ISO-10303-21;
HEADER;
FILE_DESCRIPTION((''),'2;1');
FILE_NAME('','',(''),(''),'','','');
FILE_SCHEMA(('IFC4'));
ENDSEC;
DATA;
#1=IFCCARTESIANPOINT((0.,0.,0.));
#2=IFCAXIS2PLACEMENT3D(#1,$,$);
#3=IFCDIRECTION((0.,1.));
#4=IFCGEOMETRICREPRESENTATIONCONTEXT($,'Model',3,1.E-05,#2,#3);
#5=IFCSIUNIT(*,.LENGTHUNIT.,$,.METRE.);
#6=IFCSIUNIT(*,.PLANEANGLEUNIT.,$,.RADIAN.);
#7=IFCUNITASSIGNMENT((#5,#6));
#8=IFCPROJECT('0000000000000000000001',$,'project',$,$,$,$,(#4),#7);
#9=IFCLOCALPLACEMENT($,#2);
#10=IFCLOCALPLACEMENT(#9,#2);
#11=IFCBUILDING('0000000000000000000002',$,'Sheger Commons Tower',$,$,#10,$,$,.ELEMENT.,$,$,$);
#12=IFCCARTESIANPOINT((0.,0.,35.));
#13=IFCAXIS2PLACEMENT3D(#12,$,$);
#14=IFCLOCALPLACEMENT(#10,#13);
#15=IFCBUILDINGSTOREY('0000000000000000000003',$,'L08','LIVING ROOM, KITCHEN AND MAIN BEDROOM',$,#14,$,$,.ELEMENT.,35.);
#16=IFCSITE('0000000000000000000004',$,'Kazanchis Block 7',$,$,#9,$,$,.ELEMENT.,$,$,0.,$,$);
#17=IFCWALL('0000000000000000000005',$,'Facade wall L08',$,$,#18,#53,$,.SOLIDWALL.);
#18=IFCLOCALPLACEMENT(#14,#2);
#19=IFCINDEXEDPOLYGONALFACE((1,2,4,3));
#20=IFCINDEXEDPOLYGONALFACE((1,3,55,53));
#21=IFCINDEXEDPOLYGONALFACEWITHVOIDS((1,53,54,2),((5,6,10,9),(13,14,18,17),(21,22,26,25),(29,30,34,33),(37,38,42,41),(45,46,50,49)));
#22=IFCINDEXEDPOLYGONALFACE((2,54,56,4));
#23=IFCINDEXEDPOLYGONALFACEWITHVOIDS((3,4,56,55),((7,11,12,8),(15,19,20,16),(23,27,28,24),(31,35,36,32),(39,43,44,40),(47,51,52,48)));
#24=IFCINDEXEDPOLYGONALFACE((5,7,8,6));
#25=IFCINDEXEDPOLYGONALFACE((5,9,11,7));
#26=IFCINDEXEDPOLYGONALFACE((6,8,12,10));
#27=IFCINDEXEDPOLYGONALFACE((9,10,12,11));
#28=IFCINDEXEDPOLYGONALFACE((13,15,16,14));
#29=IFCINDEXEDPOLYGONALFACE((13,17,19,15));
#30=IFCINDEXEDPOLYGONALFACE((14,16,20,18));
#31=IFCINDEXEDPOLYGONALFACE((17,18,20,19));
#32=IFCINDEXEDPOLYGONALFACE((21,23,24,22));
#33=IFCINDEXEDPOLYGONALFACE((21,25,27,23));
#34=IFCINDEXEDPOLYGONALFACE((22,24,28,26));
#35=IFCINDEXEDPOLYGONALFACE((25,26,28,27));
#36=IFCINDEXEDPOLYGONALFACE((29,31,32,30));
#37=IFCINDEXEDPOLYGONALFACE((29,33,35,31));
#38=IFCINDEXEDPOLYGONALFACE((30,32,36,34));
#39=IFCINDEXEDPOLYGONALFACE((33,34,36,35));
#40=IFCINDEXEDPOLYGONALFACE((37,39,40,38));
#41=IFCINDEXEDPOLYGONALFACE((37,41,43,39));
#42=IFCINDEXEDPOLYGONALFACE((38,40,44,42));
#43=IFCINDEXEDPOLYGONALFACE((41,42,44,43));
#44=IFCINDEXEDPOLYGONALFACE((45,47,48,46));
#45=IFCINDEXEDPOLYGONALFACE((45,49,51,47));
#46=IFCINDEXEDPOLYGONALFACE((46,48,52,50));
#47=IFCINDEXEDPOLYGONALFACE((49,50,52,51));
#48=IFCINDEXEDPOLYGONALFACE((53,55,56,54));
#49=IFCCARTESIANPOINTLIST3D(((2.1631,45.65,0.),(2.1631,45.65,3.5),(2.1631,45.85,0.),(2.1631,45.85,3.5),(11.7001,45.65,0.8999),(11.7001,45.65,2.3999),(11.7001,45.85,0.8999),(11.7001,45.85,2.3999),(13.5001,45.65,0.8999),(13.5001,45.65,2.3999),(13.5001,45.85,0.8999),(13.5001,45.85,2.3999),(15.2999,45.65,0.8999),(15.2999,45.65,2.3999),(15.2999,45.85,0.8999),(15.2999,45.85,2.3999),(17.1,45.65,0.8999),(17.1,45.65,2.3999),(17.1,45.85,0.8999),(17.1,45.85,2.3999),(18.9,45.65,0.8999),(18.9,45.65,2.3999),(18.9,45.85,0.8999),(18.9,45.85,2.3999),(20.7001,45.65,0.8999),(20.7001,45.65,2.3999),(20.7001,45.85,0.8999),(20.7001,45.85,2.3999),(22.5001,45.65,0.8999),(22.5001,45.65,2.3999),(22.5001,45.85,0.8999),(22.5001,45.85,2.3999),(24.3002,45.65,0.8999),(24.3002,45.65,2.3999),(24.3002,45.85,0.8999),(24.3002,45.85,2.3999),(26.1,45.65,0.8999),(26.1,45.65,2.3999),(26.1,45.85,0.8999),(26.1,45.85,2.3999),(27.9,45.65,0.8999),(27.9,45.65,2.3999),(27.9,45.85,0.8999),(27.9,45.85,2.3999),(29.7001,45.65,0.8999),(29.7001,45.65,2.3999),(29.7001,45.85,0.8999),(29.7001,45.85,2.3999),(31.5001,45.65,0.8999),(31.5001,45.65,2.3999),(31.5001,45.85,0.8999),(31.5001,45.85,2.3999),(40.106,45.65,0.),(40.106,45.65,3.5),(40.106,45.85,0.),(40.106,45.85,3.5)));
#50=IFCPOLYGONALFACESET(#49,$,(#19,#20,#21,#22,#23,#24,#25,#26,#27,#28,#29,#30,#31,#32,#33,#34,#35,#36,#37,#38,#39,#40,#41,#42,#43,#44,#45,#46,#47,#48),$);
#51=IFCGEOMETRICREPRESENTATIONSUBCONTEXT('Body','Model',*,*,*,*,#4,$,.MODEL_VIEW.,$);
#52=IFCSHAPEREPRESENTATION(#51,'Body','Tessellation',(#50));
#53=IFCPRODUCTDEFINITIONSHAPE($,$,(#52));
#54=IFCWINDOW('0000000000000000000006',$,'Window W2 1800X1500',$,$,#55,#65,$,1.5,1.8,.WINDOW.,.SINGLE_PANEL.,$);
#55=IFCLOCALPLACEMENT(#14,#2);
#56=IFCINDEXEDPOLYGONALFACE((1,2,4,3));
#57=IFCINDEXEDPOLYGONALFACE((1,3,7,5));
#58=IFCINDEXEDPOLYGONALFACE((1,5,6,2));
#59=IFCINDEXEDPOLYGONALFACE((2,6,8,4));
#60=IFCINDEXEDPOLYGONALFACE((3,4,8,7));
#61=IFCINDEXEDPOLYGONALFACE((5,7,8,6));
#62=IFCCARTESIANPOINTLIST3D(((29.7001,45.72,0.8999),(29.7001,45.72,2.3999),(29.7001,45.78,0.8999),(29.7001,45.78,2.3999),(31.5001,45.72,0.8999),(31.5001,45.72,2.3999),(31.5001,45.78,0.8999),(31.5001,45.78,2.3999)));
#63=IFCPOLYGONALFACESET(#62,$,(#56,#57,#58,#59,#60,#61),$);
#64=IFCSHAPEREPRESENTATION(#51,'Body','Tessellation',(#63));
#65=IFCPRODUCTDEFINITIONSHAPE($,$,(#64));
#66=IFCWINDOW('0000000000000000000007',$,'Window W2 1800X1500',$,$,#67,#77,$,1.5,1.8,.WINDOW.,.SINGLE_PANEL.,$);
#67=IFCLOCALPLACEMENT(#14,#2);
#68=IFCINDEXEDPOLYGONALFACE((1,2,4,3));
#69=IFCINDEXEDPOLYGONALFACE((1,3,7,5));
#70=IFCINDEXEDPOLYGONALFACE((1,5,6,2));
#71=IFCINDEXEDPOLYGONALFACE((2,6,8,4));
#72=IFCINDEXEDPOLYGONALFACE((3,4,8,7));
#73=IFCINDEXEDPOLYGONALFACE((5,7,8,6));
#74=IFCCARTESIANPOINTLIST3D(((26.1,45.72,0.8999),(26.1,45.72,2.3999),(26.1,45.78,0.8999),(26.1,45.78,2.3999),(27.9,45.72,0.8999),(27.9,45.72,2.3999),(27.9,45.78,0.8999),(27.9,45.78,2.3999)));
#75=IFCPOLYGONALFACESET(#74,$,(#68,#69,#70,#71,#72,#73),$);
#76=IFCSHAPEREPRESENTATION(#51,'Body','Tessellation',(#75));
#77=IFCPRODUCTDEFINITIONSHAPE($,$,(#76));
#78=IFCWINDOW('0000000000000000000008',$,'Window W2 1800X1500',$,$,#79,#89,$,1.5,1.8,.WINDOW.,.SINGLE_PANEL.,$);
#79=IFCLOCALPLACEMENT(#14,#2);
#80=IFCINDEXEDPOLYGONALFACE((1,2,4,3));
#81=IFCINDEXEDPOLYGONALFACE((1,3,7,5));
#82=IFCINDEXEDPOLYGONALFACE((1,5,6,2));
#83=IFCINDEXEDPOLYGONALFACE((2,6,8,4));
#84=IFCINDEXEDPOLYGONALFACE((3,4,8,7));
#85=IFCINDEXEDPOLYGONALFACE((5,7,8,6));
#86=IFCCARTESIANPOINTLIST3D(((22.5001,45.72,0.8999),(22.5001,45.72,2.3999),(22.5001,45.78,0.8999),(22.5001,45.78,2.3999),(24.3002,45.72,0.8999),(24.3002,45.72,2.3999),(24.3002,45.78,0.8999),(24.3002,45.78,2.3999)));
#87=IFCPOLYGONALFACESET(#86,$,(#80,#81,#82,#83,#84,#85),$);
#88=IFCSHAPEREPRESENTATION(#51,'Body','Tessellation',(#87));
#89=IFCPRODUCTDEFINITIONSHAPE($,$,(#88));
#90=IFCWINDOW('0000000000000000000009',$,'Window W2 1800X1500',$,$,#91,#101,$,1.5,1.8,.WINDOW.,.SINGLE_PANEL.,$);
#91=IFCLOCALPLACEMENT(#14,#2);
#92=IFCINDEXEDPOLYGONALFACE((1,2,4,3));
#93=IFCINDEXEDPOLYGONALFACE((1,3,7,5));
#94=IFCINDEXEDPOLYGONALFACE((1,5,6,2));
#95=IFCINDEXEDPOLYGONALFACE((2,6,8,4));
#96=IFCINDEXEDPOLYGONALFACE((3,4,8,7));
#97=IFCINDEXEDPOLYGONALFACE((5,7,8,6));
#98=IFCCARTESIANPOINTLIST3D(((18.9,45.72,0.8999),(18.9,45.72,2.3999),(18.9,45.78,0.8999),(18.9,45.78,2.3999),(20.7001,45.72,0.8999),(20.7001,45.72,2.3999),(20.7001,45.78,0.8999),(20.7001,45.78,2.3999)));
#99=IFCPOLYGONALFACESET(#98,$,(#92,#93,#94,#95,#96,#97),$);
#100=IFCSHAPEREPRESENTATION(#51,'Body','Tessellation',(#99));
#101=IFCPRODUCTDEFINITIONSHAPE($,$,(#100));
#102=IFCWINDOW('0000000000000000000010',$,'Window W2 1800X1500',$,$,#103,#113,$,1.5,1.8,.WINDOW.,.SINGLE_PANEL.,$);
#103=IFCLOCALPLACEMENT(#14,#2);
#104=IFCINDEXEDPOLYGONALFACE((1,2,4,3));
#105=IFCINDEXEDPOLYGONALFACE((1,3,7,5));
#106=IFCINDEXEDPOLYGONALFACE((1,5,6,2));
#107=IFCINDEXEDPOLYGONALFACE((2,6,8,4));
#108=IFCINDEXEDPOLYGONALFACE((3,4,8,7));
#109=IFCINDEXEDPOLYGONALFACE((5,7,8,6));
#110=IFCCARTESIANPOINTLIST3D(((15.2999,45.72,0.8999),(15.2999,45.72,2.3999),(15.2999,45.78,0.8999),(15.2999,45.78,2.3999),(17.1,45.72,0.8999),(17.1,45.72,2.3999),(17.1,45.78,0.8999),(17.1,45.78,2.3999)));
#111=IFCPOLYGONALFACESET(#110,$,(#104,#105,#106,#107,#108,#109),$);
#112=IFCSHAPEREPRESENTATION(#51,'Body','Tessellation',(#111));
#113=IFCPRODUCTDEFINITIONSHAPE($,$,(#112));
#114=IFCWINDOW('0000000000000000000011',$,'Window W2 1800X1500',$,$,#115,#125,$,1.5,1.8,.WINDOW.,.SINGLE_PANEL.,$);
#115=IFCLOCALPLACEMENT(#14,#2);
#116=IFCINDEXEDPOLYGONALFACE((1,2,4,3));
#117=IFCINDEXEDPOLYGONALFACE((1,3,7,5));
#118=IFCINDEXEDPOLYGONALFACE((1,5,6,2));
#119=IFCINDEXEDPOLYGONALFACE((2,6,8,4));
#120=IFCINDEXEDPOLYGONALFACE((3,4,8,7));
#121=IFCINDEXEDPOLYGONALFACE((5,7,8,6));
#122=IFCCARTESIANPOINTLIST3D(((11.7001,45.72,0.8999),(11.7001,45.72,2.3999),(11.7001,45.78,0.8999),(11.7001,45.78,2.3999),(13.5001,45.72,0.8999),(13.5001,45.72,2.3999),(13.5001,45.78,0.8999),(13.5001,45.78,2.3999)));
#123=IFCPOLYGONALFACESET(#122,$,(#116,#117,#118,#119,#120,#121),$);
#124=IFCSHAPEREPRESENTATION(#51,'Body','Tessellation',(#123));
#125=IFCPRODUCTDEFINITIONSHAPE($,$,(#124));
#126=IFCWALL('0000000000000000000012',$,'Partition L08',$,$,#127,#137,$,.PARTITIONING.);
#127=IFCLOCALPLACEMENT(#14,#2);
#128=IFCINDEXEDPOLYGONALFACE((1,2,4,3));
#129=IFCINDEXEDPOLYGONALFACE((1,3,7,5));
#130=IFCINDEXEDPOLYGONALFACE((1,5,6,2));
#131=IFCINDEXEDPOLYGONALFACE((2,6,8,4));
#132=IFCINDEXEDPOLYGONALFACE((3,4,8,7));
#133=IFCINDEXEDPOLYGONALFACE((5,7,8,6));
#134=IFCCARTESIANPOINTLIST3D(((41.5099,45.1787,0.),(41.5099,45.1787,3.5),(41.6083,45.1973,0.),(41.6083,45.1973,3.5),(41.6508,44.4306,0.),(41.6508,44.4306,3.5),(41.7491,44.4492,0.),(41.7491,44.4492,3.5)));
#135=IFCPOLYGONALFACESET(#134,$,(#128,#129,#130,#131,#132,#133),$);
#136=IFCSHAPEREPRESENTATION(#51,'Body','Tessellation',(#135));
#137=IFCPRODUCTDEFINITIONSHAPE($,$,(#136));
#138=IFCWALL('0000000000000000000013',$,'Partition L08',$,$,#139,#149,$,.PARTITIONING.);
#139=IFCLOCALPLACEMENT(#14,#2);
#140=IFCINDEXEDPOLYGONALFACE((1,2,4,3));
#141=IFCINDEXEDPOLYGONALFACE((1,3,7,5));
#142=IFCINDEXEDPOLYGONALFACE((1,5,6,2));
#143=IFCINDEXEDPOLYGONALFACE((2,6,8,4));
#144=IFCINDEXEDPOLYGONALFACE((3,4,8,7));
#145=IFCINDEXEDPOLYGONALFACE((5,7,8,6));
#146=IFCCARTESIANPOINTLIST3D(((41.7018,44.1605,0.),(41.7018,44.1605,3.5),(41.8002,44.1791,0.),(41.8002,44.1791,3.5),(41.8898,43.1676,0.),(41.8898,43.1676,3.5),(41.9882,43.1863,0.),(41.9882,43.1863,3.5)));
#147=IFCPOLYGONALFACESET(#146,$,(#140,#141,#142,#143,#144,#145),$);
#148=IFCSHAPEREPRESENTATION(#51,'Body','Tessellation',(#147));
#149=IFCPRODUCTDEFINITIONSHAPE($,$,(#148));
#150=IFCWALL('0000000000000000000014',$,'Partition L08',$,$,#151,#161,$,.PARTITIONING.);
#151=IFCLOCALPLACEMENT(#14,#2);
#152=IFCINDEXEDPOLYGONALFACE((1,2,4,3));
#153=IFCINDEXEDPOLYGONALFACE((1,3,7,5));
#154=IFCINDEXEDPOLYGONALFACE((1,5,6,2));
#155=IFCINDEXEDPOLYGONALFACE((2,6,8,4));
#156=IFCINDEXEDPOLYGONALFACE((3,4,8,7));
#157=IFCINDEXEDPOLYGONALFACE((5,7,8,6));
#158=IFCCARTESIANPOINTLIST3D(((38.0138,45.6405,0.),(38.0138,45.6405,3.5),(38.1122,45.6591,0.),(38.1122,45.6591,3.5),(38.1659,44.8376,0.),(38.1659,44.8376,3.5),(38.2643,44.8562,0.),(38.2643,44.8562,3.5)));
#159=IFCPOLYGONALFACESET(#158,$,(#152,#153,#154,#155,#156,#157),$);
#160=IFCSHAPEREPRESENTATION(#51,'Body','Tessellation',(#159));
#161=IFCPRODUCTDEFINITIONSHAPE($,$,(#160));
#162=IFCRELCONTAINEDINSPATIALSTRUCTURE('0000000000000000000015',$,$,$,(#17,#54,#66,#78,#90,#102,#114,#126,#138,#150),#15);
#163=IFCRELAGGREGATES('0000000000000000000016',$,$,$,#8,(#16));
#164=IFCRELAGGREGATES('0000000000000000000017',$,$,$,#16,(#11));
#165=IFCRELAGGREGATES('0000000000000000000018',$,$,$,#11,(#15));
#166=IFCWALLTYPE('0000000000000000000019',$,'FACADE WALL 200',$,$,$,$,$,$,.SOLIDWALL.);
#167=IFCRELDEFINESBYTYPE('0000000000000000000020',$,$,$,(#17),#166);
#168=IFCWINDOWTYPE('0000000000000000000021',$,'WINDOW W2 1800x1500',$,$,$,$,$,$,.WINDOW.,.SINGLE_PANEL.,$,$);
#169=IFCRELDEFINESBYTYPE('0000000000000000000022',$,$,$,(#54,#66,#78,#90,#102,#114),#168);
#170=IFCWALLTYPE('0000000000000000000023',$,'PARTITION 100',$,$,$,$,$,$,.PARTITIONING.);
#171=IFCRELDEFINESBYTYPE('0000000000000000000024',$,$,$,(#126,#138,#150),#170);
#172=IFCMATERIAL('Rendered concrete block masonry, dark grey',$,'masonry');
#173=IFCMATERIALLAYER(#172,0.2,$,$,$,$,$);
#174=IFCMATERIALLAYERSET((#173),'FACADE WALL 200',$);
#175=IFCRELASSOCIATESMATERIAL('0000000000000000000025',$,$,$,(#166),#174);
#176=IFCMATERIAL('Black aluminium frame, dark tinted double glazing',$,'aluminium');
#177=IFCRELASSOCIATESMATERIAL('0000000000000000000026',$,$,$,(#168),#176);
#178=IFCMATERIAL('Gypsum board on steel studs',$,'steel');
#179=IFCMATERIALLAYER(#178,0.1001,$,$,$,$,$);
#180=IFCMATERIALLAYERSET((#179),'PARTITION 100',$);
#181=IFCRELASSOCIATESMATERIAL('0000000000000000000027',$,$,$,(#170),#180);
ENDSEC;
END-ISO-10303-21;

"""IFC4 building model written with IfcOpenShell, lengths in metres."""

from ifc_helpers import new_model, si_unit, direction, frame, frame_2d, origin, place, context, subcontext, project, spatial, rectangle, extrude, material, layer, layer_set, type_object, element, fill, save


model = new_model("IFC4")

# Units and contexts
model_context = context("Model", 3, precision=1e-05, world=origin(), true_north=direction((0.0, 1.0)))
body_context = subcontext(model_context, "Body", "Model", "MODEL_VIEW")
ifc_project = project(units=[si_unit("LENGTHUNIT", "METRE"), si_unit("PLANEANGLEUNIT", "RADIAN")], contexts=[model_context])

# Site, building, storey
site_placement = place(None, origin())
site = spatial("IfcSite", under=ifc_project, at=site_placement, Name="Kazanchis Block 7", CompositionType="ELEMENT", RefElevation=0.0)
building_placement = place(site_placement, origin())
building = spatial("IfcBuilding", under=site, at=building_placement, Name="Sheger Commons Tower", CompositionType="ELEMENT")
storey_placement = place(building_placement, frame((0.0, 0.0, 35.0)))
storey = spatial("IfcBuildingStorey", under=building, at=storey_placement, Name="L08", Description="LIVING ROOM, KITCHEN AND MAIN BEDROOM", CompositionType="ELEMENT", Elevation=35.0)

# Shared definitions
ifc_material_1 = material(Name="Rendered concrete block masonry, dark grey", Category="masonry")
ifc_layer_1 = layer(ifc_material_1, 0.2)
ifc_layer_set_1 = layer_set([ifc_layer_1], Name="FACADE WALL 200")
wall_type_1 = type_object("IfcWallType", Name="FACADE WALL 200", PredefinedType="SOLIDWALL", material=ifc_layer_set_1)

# Wall, openings, windows
wall_1_placement = place(storey_placement, frame((40.106, 45.75, 0.0), z_axis=(0.0, 0.0, 1.0), x_axis=(-1.0, 0.0, 0.0)))
wall_1 = element("IfcWall", 1, at=wall_1_placement, inside=storey, type_object=wall_type_1, Name="Facade wall L08", PredefinedType="SOLIDWALL", context=body_context, shape_type="SweptSolid", body=[
    extrude(rectangle(XDim=37.9429, YDim=0.2, at=frame_2d((18.9714, 0.0))), origin(), (0.0, 0.0, 1.0), 3.5),
])
opening_1_placement = place(wall_1_placement, frame((8.606, 0.0, 0.8999)))
opening_1 = element("IfcOpeningElement", 2, at=opening_1_placement, cuts=wall_1, PredefinedType="OPENING", context=body_context, shape_type="SweptSolid", body=[
    extrude(rectangle(XDim=1.8, YDim=1.5, at=frame_2d((0.8999, 0.75))), frame((0.0, 0.1099, 0.0), z_axis=(0.0, -1.0, 0.0), x_axis=(1.0, 0.0, 0.0)), (0.0, 0.0, 1.0), 0.22),
])
opening_2_placement = place(wall_1_placement, frame((12.2061, 0.0, 0.8999)))
opening_2 = element("IfcOpeningElement", 3, at=opening_2_placement, cuts=wall_1, PredefinedType="OPENING", context=body_context, shape_type="SweptSolid", body=[
    extrude(rectangle(XDim=1.8, YDim=1.5, at=frame_2d((0.8999, 0.75))), frame((0.0, 0.1099, 0.0), z_axis=(0.0, -1.0, 0.0), x_axis=(1.0, 0.0, 0.0)), (0.0, 0.0, 1.0), 0.22),
])
opening_3_placement = place(wall_1_placement, frame((15.8059, 0.0, 0.8999)))
opening_3 = element("IfcOpeningElement", 4, at=opening_3_placement, cuts=wall_1, PredefinedType="OPENING", context=body_context, shape_type="SweptSolid", body=[
    extrude(rectangle(XDim=1.8, YDim=1.5, at=frame_2d((0.8999, 0.75))), frame((0.0, 0.1099, 0.0), z_axis=(0.0, -1.0, 0.0), x_axis=(1.0, 0.0, 0.0)), (0.0, 0.0, 1.0), 0.22),
])
opening_4_placement = place(wall_1_placement, frame((19.406, 0.0, 0.8999)))
opening_4 = element("IfcOpeningElement", 5, at=opening_4_placement, cuts=wall_1, PredefinedType="OPENING", context=body_context, shape_type="SweptSolid", body=[
    extrude(rectangle(XDim=1.8, YDim=1.5, at=frame_2d((0.8999, 0.75))), frame((0.0, 0.1099, 0.0), z_axis=(0.0, -1.0, 0.0), x_axis=(1.0, 0.0, 0.0)), (0.0, 0.0, 1.0), 0.22),
])
opening_5_placement = place(wall_1_placement, frame((23.0061, 0.0, 0.8999)))
opening_5 = element("IfcOpeningElement", 6, at=opening_5_placement, cuts=wall_1, PredefinedType="OPENING", context=body_context, shape_type="SweptSolid", body=[
    extrude(rectangle(XDim=1.8, YDim=1.5, at=frame_2d((0.8999, 0.75))), frame((0.0, 0.1099, 0.0), z_axis=(0.0, -1.0, 0.0), x_axis=(1.0, 0.0, 0.0)), (0.0, 0.0, 1.0), 0.22),
])
opening_6_placement = place(wall_1_placement, frame((26.606, 0.0, 0.8999)))
opening_6 = element("IfcOpeningElement", 7, at=opening_6_placement, cuts=wall_1, PredefinedType="OPENING", context=body_context, shape_type="SweptSolid", body=[
    extrude(rectangle(XDim=1.8, YDim=1.5, at=frame_2d((0.8999, 0.75))), frame((0.0, 0.1099, 0.0), z_axis=(0.0, -1.0, 0.0), x_axis=(1.0, 0.0, 0.0)), (0.0, 0.0, 1.0), 0.22),
])
ifc_material_2 = material(Name="Black aluminium frame, dark tinted double glazing", Category="aluminium")
window_type = type_object("IfcWindowType", Name="WINDOW W2 1800x1500", PartitioningType="SINGLE_PANEL", PredefinedType="WINDOW", material=ifc_material_2)
window_1_placement = place(opening_1_placement, origin())
window_1 = element("IfcWindow", 8, at=window_1_placement, inside=storey, type_object=window_type, Name="Window W2 1800X1500", OverallHeight=1.5, OverallWidth=1.8, PartitioningType="SINGLE_PANEL", PredefinedType="WINDOW", context=body_context, shape_type="SweptSolid", body=[
    extrude(rectangle(XDim=1.8, YDim=1.5, at=frame_2d((0.8999, 0.75))), frame((0.0, 0.03, 0.0), z_axis=(0.0, -1.0, 0.0), x_axis=(1.0, 0.0, 0.0)), (0.0, 0.0, 1.0), 0.0601),
])
fill(opening_1, window_1)
window_2_placement = place(opening_2_placement, origin())
window_2 = element("IfcWindow", 9, at=window_2_placement, inside=storey, type_object=window_type, Name="Window W2 1800X1500", OverallHeight=1.5, OverallWidth=1.8, PartitioningType="SINGLE_PANEL", PredefinedType="WINDOW", context=body_context, shape_type="SweptSolid", body=[
    extrude(rectangle(XDim=1.8, YDim=1.5, at=frame_2d((0.8999, 0.75))), frame((0.0, 0.03, 0.0), z_axis=(0.0, -1.0, 0.0), x_axis=(1.0, 0.0, 0.0)), (0.0, 0.0, 1.0), 0.0601),
])
fill(opening_2, window_2)
window_3_placement = place(opening_3_placement, origin())
window_3 = element("IfcWindow", 10, at=window_3_placement, inside=storey, type_object=window_type, Name="Window W2 1800X1500", OverallHeight=1.5, OverallWidth=1.8, PartitioningType="SINGLE_PANEL", PredefinedType="WINDOW", context=body_context, shape_type="SweptSolid", body=[
    extrude(rectangle(XDim=1.8, YDim=1.5, at=frame_2d((0.8999, 0.75))), frame((0.0, 0.03, 0.0), z_axis=(0.0, -1.0, 0.0), x_axis=(1.0, 0.0, 0.0)), (0.0, 0.0, 1.0), 0.0601),
])
fill(opening_3, window_3)
window_4_placement = place(opening_4_placement, origin())
window_4 = element("IfcWindow", 11, at=window_4_placement, inside=storey, type_object=window_type, Name="Window W2 1800X1500", OverallHeight=1.5, OverallWidth=1.8, PartitioningType="SINGLE_PANEL", PredefinedType="WINDOW", context=body_context, shape_type="SweptSolid", body=[
    extrude(rectangle(XDim=1.8, YDim=1.5, at=frame_2d((0.8999, 0.75))), frame((0.0, 0.03, 0.0), z_axis=(0.0, -1.0, 0.0), x_axis=(1.0, 0.0, 0.0)), (0.0, 0.0, 1.0), 0.0601),
])
fill(opening_4, window_4)
window_5_placement = place(opening_5_placement, origin())
window_5 = element("IfcWindow", 12, at=window_5_placement, inside=storey, type_object=window_type, Name="Window W2 1800X1500", OverallHeight=1.5, OverallWidth=1.8, PartitioningType="SINGLE_PANEL", PredefinedType="WINDOW", context=body_context, shape_type="SweptSolid", body=[
    extrude(rectangle(XDim=1.8, YDim=1.5, at=frame_2d((0.8999, 0.75))), frame((0.0, 0.03, 0.0), z_axis=(0.0, -1.0, 0.0), x_axis=(1.0, 0.0, 0.0)), (0.0, 0.0, 1.0), 0.0601),
])
fill(opening_5, window_5)
window_6_placement = place(opening_6_placement, origin())
window_6 = element("IfcWindow", 13, at=window_6_placement, inside=storey, type_object=window_type, Name="Window W2 1800X1500", OverallHeight=1.5, OverallWidth=1.8, PartitioningType="SINGLE_PANEL", PredefinedType="WINDOW", context=body_context, shape_type="SweptSolid", body=[
    extrude(rectangle(XDim=1.8, YDim=1.5, at=frame_2d((0.8999, 0.75))), frame((0.0, 0.03, 0.0), z_axis=(0.0, -1.0, 0.0), x_axis=(1.0, 0.0, 0.0)), (0.0, 0.0, 1.0), 0.0601),
])
fill(opening_6, window_6)

# Walls
ifc_material_3 = material(Name="Gypsum board on steel studs", Category="steel")
ifc_layer_2 = layer(ifc_material_3, 0.1001)
ifc_layer_set_2 = layer_set([ifc_layer_2], Name="PARTITION 100")
wall_type_2 = type_object("IfcWallType", Name="PARTITION 100", PredefinedType="PARTITIONING", material=ifc_layer_set_2)
wall_2_placement = place(storey_placement, frame((41.5591, 45.188, 0.0), z_axis=(0.0, 0.0, 1.0), x_axis=(0.185063, -0.982727, 0.0)))
element("IfcWall", 14, at=wall_2_placement, inside=storey, type_object=wall_type_2, Name="Partition L08", PredefinedType="PARTITIONING", context=body_context, shape_type="SweptSolid", body=[
    extrude(rectangle(XDim=0.7612, YDim=0.1001, at=frame_2d((0.3806, 0.0))), origin(), (0.0, 0.0, 1.0), 3.5),
])
wall_3_placement = place(storey_placement, frame((41.751, 44.1699, 0.0), z_axis=(0.0, 0.0, 1.0), x_axis=(0.186024, -0.982545, 0.0)))
element("IfcWall", 15, at=wall_3_placement, inside=storey, type_object=wall_type_2, Name="Partition L08", PredefinedType="PARTITIONING", context=body_context, shape_type="SweptSolid", body=[
    extrude(rectangle(XDim=1.0105, YDim=0.1001, at=frame_2d((0.5054, 0.0))), origin(), (0.0, 0.0, 1.0), 3.5),
])
wall_4_placement = place(storey_placement, frame((38.063, 45.6499, 0.0), z_axis=(0.0, 0.0, 1.0), x_axis=(0.18611, -0.982529, 0.0)))
element("IfcWall", 16, at=wall_4_placement, inside=storey, type_object=wall_type_2, Name="Partition L08", PredefinedType="PARTITIONING", context=body_context, shape_type="SweptSolid", body=[
    extrude(rectangle(XDim=0.8171, YDim=0.1001, at=frame_2d((0.4087, 0.0))), origin(), (0.0, 0.0, 1.0), 3.5),
])

save(model, "model.ifc")
